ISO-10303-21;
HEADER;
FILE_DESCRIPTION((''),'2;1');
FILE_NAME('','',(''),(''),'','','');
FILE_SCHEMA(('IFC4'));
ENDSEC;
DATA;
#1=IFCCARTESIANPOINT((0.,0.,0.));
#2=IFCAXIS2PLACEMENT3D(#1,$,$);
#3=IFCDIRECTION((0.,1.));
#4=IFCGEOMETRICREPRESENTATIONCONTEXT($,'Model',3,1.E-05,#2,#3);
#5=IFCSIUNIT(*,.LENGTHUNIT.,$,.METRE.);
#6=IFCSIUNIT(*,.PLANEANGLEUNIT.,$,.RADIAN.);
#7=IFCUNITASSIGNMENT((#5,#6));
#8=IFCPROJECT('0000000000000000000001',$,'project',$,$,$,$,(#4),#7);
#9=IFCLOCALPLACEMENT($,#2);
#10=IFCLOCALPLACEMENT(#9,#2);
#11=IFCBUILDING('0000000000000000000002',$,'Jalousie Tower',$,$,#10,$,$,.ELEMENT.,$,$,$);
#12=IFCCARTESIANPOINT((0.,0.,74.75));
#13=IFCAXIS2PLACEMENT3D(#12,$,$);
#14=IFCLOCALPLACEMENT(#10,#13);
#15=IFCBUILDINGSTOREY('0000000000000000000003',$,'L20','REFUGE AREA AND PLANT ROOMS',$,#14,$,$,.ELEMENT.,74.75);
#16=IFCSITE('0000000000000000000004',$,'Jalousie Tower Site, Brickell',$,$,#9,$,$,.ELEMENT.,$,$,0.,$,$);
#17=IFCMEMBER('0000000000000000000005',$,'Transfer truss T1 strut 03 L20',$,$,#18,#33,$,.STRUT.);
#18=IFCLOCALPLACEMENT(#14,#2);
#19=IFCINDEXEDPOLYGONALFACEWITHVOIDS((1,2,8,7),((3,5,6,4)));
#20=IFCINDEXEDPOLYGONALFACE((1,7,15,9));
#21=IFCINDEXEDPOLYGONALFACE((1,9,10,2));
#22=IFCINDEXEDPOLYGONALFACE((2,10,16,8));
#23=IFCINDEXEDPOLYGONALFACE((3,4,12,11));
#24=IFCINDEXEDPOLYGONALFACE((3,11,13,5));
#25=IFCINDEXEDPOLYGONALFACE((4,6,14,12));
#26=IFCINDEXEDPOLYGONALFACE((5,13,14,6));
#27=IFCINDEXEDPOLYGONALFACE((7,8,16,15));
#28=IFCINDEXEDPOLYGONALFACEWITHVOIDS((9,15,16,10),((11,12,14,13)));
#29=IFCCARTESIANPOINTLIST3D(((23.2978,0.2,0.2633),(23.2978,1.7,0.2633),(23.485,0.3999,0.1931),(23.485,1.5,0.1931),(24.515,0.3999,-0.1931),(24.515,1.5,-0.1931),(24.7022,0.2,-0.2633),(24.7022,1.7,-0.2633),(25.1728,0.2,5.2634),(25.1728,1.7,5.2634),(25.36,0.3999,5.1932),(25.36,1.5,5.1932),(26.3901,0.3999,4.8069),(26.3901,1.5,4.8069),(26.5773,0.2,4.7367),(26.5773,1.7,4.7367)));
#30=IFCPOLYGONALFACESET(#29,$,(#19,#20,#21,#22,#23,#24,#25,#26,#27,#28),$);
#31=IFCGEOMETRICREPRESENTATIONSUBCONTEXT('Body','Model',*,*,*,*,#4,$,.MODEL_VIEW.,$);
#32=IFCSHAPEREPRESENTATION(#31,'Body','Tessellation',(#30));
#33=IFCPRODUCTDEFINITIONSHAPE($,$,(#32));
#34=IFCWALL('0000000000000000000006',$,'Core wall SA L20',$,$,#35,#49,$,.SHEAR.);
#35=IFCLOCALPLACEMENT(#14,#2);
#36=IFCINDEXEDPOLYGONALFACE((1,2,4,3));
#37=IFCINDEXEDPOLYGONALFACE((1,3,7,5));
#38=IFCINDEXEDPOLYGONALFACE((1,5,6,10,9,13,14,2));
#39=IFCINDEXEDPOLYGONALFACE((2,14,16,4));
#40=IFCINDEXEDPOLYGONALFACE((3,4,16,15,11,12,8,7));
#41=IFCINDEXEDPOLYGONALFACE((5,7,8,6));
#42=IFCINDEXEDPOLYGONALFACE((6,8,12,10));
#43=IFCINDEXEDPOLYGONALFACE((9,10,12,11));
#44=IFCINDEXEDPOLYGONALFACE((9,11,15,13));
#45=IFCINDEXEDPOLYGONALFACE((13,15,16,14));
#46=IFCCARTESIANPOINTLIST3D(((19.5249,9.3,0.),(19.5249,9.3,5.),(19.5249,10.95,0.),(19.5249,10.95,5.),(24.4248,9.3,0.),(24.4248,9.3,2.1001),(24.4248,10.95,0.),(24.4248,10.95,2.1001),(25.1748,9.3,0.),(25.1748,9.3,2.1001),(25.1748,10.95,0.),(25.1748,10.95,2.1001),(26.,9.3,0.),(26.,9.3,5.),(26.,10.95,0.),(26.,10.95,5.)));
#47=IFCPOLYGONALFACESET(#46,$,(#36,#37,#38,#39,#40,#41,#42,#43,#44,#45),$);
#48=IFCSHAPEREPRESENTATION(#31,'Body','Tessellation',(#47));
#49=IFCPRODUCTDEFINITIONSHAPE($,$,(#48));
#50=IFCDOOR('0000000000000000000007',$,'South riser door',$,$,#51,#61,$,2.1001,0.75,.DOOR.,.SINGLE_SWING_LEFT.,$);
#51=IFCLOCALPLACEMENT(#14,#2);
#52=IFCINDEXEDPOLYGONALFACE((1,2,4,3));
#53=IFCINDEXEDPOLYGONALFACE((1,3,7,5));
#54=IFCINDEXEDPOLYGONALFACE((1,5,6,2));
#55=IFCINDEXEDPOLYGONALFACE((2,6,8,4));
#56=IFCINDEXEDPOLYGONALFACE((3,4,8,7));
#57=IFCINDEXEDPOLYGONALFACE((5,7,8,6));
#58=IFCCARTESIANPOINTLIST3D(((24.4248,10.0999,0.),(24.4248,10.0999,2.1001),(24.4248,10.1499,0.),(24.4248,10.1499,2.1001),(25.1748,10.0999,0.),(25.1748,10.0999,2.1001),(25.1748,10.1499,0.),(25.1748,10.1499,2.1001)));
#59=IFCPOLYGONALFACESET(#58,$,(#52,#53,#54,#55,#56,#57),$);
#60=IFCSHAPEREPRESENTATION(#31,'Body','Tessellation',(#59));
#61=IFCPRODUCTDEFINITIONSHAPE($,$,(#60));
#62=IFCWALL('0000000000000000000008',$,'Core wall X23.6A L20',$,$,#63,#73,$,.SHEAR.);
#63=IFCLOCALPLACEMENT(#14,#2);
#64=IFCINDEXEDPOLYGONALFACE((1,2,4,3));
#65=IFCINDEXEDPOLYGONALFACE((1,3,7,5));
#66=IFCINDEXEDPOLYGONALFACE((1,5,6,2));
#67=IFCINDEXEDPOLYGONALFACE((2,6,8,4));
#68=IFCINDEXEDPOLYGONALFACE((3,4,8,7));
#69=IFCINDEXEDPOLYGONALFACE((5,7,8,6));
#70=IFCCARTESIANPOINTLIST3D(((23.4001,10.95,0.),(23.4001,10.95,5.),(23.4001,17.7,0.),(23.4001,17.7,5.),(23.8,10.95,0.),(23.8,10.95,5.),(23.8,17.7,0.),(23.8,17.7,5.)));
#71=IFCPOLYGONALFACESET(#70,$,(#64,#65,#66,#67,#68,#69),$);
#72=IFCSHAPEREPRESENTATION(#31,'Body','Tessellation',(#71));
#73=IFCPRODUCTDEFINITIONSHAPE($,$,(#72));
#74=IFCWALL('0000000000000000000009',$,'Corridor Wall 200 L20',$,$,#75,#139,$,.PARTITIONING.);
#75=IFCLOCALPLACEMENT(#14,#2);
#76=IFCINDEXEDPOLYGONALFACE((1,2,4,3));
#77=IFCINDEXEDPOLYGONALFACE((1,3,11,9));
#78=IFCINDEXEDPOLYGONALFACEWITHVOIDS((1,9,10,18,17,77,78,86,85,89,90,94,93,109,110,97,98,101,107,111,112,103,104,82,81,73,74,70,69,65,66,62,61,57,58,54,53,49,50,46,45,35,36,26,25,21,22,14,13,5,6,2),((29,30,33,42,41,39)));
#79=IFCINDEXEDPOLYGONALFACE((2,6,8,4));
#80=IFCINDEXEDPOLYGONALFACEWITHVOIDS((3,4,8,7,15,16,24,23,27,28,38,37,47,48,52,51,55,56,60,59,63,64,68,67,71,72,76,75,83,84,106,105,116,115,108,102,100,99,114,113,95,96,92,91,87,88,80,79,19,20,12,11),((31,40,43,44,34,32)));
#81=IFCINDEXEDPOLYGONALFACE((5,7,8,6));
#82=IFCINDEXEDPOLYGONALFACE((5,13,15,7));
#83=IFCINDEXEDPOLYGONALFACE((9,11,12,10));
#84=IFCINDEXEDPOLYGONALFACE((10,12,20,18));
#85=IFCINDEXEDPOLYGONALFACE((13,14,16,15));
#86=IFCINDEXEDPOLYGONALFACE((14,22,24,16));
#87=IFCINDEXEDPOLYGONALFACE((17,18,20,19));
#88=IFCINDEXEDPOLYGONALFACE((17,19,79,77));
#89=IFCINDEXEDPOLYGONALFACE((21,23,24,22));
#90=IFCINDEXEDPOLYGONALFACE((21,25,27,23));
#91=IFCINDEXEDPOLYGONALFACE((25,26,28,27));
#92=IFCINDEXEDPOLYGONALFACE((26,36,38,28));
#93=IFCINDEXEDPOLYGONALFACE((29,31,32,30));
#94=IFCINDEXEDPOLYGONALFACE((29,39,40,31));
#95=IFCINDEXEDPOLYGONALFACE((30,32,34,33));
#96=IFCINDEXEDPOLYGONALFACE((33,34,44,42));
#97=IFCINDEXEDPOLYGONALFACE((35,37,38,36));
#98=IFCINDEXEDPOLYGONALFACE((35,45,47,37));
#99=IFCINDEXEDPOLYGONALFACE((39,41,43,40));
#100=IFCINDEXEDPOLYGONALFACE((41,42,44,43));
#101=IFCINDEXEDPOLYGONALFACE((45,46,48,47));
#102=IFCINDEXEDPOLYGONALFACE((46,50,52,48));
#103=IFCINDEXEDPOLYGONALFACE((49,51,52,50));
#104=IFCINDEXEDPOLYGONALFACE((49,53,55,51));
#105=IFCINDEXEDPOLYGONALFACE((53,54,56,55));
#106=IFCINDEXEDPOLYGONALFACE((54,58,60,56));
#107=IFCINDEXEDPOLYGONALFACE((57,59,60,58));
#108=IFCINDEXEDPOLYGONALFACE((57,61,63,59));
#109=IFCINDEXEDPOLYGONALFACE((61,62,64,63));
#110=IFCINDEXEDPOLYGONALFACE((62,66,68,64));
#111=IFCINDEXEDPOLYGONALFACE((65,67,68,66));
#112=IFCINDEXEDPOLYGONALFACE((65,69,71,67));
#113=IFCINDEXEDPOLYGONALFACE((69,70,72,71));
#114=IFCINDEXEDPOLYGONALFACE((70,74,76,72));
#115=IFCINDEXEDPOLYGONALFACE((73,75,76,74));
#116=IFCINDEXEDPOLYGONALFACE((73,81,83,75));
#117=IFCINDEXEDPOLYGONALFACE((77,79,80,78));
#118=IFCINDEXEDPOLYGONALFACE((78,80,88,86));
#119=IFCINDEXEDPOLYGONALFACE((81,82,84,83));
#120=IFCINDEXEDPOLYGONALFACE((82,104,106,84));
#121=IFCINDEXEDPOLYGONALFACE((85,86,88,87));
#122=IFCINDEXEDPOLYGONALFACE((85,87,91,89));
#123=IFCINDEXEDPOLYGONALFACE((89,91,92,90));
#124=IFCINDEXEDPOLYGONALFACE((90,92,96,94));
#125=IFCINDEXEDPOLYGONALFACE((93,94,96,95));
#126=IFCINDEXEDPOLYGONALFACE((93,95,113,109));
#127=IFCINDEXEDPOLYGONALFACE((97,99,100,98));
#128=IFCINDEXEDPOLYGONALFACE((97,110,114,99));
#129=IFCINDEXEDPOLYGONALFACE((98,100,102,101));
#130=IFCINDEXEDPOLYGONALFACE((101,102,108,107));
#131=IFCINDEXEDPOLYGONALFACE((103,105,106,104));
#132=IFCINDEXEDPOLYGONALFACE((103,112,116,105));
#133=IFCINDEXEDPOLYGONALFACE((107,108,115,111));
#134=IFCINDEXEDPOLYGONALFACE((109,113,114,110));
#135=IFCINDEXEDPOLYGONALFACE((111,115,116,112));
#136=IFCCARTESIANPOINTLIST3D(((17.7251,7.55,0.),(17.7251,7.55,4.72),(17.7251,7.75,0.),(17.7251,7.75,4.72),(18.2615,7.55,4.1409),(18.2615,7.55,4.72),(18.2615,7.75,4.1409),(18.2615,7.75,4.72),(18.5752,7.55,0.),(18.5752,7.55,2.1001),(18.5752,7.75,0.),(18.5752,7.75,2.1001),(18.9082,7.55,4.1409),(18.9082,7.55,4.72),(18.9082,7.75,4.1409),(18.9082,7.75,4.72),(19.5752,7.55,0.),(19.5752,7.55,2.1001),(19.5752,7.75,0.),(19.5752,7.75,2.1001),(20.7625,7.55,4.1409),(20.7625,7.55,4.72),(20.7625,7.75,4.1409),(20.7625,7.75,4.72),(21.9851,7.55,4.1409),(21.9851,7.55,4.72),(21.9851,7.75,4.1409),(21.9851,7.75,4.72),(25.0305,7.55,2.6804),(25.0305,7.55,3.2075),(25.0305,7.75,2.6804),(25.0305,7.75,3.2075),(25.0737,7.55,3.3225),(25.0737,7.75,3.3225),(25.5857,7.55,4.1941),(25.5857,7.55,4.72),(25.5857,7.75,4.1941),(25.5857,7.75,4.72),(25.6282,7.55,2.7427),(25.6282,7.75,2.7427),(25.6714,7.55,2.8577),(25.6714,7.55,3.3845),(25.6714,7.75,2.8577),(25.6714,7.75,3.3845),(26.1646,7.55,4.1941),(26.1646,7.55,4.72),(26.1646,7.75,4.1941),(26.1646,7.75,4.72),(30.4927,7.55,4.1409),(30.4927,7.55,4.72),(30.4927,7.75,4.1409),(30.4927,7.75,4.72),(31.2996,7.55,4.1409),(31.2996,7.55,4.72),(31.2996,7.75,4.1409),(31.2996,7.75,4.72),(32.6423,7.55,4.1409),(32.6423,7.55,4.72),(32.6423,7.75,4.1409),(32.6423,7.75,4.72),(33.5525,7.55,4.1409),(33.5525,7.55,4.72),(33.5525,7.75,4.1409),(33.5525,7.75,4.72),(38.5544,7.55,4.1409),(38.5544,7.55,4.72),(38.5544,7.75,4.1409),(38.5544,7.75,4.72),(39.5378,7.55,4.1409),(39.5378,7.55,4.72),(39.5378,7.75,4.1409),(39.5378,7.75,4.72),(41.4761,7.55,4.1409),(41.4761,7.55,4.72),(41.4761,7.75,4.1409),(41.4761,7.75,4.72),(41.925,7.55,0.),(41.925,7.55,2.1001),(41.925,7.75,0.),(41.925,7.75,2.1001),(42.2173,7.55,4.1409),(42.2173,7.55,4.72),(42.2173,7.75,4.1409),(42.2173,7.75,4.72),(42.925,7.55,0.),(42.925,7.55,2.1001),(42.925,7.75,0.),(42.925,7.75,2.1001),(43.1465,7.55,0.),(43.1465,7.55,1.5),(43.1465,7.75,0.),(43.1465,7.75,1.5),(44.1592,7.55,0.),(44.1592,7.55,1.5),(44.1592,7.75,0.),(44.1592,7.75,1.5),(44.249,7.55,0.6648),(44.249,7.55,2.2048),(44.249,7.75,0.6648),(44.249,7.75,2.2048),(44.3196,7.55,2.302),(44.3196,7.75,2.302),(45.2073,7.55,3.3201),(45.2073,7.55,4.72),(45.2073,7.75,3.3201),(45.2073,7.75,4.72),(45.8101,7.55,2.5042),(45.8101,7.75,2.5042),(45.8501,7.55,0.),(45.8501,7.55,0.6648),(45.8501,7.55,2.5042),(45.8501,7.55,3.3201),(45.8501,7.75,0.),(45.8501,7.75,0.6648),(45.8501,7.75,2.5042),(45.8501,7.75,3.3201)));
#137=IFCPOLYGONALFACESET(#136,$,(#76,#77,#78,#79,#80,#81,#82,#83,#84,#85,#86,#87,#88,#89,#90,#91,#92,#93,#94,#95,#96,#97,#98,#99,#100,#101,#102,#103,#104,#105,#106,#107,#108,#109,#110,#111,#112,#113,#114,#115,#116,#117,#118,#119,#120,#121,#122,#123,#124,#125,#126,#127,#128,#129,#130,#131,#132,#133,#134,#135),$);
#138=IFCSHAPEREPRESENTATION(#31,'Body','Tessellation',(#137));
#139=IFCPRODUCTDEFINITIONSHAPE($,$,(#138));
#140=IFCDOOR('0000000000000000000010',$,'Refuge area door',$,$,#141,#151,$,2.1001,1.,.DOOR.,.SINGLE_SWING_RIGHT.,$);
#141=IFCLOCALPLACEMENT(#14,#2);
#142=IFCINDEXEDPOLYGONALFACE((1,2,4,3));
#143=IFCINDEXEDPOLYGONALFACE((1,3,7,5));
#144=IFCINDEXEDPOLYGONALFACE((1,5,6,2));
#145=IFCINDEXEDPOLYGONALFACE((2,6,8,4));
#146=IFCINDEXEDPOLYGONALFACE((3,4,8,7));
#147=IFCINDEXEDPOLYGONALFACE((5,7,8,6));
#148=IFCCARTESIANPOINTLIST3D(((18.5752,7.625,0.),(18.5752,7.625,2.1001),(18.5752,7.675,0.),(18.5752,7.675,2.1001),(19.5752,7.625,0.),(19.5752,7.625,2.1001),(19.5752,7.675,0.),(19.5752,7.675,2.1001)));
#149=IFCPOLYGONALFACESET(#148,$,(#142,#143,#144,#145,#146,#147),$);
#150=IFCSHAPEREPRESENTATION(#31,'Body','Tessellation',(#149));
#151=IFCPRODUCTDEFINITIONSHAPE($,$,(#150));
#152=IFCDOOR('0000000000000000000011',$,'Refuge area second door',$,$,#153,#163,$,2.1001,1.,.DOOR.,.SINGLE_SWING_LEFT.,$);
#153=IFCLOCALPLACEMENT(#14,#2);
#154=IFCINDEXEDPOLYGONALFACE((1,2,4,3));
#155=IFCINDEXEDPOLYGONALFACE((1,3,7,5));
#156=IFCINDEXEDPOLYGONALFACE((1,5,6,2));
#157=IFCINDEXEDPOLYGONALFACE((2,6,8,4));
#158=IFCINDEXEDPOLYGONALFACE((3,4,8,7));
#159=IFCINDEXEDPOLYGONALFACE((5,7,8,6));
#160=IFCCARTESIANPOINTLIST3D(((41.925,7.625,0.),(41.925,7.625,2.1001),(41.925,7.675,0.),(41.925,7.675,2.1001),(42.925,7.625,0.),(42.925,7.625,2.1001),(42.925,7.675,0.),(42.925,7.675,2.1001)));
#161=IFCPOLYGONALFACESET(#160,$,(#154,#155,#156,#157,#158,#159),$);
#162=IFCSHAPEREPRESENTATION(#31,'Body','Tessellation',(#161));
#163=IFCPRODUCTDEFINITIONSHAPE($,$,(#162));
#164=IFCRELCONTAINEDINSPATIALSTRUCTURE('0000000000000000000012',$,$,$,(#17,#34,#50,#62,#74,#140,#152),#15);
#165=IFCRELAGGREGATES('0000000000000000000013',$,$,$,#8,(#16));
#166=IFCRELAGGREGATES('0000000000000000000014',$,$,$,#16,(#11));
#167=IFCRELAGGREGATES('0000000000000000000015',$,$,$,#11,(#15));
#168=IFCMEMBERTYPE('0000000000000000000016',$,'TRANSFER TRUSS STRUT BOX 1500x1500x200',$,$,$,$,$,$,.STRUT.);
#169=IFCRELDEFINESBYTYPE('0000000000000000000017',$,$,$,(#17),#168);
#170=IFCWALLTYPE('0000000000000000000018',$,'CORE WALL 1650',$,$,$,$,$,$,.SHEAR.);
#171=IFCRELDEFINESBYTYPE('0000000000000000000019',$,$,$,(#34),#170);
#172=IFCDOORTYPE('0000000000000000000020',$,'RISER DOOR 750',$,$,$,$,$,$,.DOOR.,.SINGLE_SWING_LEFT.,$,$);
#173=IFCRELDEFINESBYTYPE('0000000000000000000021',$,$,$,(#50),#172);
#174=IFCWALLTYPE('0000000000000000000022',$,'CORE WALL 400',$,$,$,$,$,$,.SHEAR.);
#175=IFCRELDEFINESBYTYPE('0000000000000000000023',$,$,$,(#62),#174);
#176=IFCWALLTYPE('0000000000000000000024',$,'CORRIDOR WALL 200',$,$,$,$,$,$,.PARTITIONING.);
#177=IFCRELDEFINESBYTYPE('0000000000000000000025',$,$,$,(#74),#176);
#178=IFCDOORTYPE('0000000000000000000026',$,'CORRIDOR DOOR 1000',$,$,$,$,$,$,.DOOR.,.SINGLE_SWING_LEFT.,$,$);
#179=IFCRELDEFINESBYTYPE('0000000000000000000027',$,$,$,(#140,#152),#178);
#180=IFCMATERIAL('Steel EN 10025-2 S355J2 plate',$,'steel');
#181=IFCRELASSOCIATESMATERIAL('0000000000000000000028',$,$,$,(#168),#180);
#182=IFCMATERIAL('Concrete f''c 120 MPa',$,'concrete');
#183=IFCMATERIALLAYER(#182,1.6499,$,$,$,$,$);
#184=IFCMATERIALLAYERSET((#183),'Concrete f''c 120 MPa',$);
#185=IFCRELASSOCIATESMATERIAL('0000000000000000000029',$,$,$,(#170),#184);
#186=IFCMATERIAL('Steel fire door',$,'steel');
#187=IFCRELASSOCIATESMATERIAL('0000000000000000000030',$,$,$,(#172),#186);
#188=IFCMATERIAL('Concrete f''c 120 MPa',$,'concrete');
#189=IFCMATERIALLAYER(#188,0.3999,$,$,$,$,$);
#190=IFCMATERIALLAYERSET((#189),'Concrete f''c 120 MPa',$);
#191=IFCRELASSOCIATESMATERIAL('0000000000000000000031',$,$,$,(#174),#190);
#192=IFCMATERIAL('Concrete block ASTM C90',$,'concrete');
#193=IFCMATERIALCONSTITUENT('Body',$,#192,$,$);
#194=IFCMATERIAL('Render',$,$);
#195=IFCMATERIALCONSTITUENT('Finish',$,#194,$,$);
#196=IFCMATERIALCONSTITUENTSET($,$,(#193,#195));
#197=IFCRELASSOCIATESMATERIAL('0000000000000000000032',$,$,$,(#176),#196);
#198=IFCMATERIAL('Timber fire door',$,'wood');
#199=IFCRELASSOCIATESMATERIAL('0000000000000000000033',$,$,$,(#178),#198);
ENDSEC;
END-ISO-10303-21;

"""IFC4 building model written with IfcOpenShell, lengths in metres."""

from ifc_helpers import new_model, si_unit, direction, frame, frame_2d, origin, origin_2d, place, context, subcontext, project, spatial, polyline, rectangle, hollow_rectangle, outline, extrude, material, layer, layer_set, constituent, constituent_set, material_profile, profile_set, type_object, element, fill, save


model = new_model("IFC4")

# Units and contexts
model_context = context("Model", 3, precision=1e-05, world=origin(), true_north=direction((0.0, 1.0)))
body_context = subcontext(model_context, "Body", "Model", "MODEL_VIEW")
ifc_project = project(units=[si_unit("LENGTHUNIT", "METRE"), si_unit("PLANEANGLEUNIT", "RADIAN")], contexts=[model_context])

# Site, building, storey
site_placement = place(None, origin())
site = spatial("IfcSite", under=ifc_project, at=site_placement, Name="Jalousie Tower Site, Brickell", CompositionType="ELEMENT", RefElevation=0.0)
building_placement = place(site_placement, origin())
building = spatial("IfcBuilding", under=site, at=building_placement, Name="Jalousie Tower", CompositionType="ELEMENT")
storey_placement = place(building_placement, frame((0.0, 0.0, 74.75)))
storey = spatial("IfcBuildingStorey", under=building, at=storey_placement, Name="L20", Description="REFUGE AREA AND PLANT ROOMS", CompositionType="ELEMENT", Elevation=74.75)

# Member
ifc_material_1 = material(Name="Steel EN 10025-2 S355J2 plate", Category="steel")
ifc_material_profile_1 = material_profile(ifc_material_1, hollow_rectangle(XDim=1.5, YDim=1.5, WallThickness=0.2, at=origin_2d()), Name="BOX 1500x1500x200")
ifc_profile_set_1 = profile_set([ifc_material_profile_1], Name="Steel EN 10025-2 S355J2 plate")
member_type_1 = type_object("IfcMemberType", Name="TRANSFER TRUSS STRUT BOX 1500x1500x200", PredefinedType="STRUT", material=ifc_profile_set_1)
member_1_placement = place(storey_placement, frame((24.0, 0.95, 0.0), z_axis=(0.351123, 0.0, 0.936329), x_axis=(0.0, 1.0, 0.0)))
element("IfcMember", 1, at=member_1_placement, inside=storey, type_object=member_type_1, Name="Transfer truss T1 strut 03 L20", PredefinedType="STRUT", context=body_context, shape_type="SweptSolid", body=[
    extrude(hollow_rectangle(XDim=1.5, YDim=1.5, WallThickness=0.2, at=origin_2d()), origin(), (0.0, 0.0, 1.0), 5.3401),
])

# Wall, opening, door
ifc_material_2 = material(Name="Concrete f'c 120 MPa", Category="concrete")
ifc_layer_1 = layer(ifc_material_2, 1.6499)
ifc_layer_set_1 = layer_set([ifc_layer_1], Name="Concrete f'c 120 MPa")
wall_type_1 = type_object("IfcWallType", Name="CORE WALL 1650", PredefinedType="SHEAR", material=ifc_layer_set_1)
wall_1_placement = place(storey_placement, frame((19.5249, 10.125, 0.0), z_axis=(0.0, 0.0, 1.0), x_axis=(1.0, 0.0, 0.0)))
wall_1 = element("IfcWall", 2, at=wall_1_placement, inside=storey, type_object=wall_type_1, Name="Core wall SA L20", PredefinedType="SHEAR", context=body_context, shape_type="SweptSolid", body=[
    extrude(rectangle(XDim=6.4751, YDim=1.6499, at=frame_2d((3.2375, 0.0))), origin(), (0.0, 0.0, 1.0), 5.0),
])
opening_1_placement = place(wall_1_placement, frame((4.8999, 0.0, 0.0)))
opening_1 = element("IfcOpeningElement", 3, at=opening_1_placement, cuts=wall_1, PredefinedType="OPENING", context=body_context, shape_type="SweptSolid", body=[
    extrude(rectangle(XDim=0.75, YDim=2.1001, at=frame_2d((0.375, 1.05))), frame((0.0, 0.835, 0.0), z_axis=(0.0, -1.0, 0.0), x_axis=(1.0, 0.0, 0.0)), (0.0, 0.0, 1.0), 1.6699),
])
ifc_material_3 = material(Name="Steel fire door", Category="steel")
door_type_1 = type_object("IfcDoorType", Name="RISER DOOR 750", OperationType="SINGLE_SWING_LEFT", PredefinedType="DOOR", material=ifc_material_3)
door_1_placement = place(opening_1_placement, origin())
door_1 = element("IfcDoor", 4, at=door_1_placement, inside=storey, type_object=door_type_1, Name="South riser door", OperationType="SINGLE_SWING_LEFT", OverallHeight=2.1001, OverallWidth=0.75, PredefinedType="DOOR", context=body_context, shape_type="SweptSolid", body=[
    extrude(rectangle(XDim=0.75, YDim=2.1001, at=frame_2d((0.375, 1.05))), frame((0.0, 0.0249, 0.0), z_axis=(0.0, -1.0, 0.0), x_axis=(1.0, 0.0, 0.0)), (0.0, 0.0, 1.0), 0.05),
])
fill(opening_1, door_1)

# Wall
ifc_material_4 = material(Name="Concrete f'c 120 MPa", Category="concrete")
ifc_layer_2 = layer(ifc_material_4, 0.3999)
ifc_layer_set_2 = layer_set([ifc_layer_2], Name="Concrete f'c 120 MPa")
wall_type_2 = type_object("IfcWallType", Name="CORE WALL 400", PredefinedType="SHEAR", material=ifc_layer_set_2)
wall_2_placement = place(storey_placement, frame((23.6001, 10.95, 0.0), z_axis=(0.0, 0.0, 1.0), x_axis=(0.0, 1.0, 0.0)))
element("IfcWall", 5, at=wall_2_placement, inside=storey, type_object=wall_type_2, Name="Core wall X23.6A L20", PredefinedType="SHEAR", context=body_context, shape_type="SweptSolid", body=[
    extrude(rectangle(XDim=6.75, YDim=0.3999, at=frame_2d((3.375, 0.0))), origin(), (0.0, 0.0, 1.0), 5.0),
])

# Wall, openings, doors
ifc_material_5 = material(Name="Concrete block ASTM C90", Category="concrete")
ifc_constituent_1 = constituent(ifc_material_5, Name="Body")
ifc_material_6 = material(Name="Render")
ifc_constituent_2 = constituent(ifc_material_6, Name="Finish")
ifc_constituent_set = constituent_set(constituents=[ifc_constituent_1, ifc_constituent_2])
wall_type_3 = type_object("IfcWallType", Name="CORRIDOR WALL 200", PredefinedType="PARTITIONING", material=ifc_constituent_set)
wall_3_placement = place(storey_placement, frame((17.7251, 7.6499, 0.0), z_axis=(0.0, 0.0, 1.0), x_axis=(1.0, 0.0, 0.0)))
wall_3 = element("IfcWall", 6, at=wall_3_placement, inside=storey, type_object=wall_type_3, Name="Corridor Wall 200 L20", PredefinedType="PARTITIONING", context=body_context, shape_type="SweptSolid", body=[
    extrude(outline(polyline([(26.4341, 0.0), (28.125, 0.0), (28.125, 0.6648), (26.5239, 0.6648), (26.5239, 2.2048), (26.5945, 2.302), (28.085, 2.5042), (28.125, 2.5042), (28.125, 3.3201), (27.4822, 3.3201), (27.4822, 4.72), (24.4922, 4.72), (24.4922, 4.1409), (23.751, 4.1409), (23.751, 4.72), (21.8127, 4.72), (21.8127, 4.1409), (20.8293, 4.1409), (20.8293, 4.72), (15.8274, 4.72), (15.8274, 4.1409), (14.9172, 4.1409), (14.9172, 4.72), (13.5745, 4.72), (13.5745, 4.1409), (12.7676, 4.1409), (12.7676, 4.72), (8.4395, 4.72), (8.4395, 4.1941), (7.8606, 4.1941), (7.8606, 4.72), (4.26, 4.72), (4.26, 4.1409), (3.0374, 4.1409), (3.0374, 4.72), (1.1831, 4.72), (1.1831, 4.1409), (0.5364, 4.1409), (0.5364, 4.72), (0.0, 4.72), (0.0, 0.0), (25.4214, 0.0), (25.4214, 1.5), (26.4341, 1.5), (26.4341, 0.0)]), holes=[polyline([(7.3054, 3.2075), (7.3486, 3.3225), (7.9463, 3.3845), (7.9463, 2.8577), (7.9031, 2.7427), (7.3054, 2.6804), (7.3054, 3.2075)])]), frame((0.0, 0.1001, 0.0), z_axis=(0.0, -1.0, 0.0), x_axis=(1.0, 0.0, 0.0)), (0.0, 0.0, 1.0), 0.2),
])
opening_2_placement = place(wall_3_placement, frame((0.8501, 0.0, 0.0)))
opening_2 = element("IfcOpeningElement", 7, at=opening_2_placement, cuts=wall_3, PredefinedType="OPENING", context=body_context, shape_type="SweptSolid", body=[
    extrude(rectangle(XDim=1.0, YDim=2.1001, at=frame_2d((0.5, 1.05))), frame((0.0, 0.1099, 0.0), z_axis=(0.0, -1.0, 0.0), x_axis=(1.0, 0.0, 0.0)), (0.0, 0.0, 1.0), 0.22),
])
opening_3_placement = place(wall_3_placement, frame((24.2, 0.0, 0.0)))
opening_3 = element("IfcOpeningElement", 8, at=opening_3_placement, cuts=wall_3, PredefinedType="OPENING", context=body_context, shape_type="SweptSolid", body=[
    extrude(rectangle(XDim=1.0, YDim=2.1001, at=frame_2d((0.5, 1.05))), frame((0.0, 0.1099, 0.0), z_axis=(0.0, -1.0, 0.0), x_axis=(1.0, 0.0, 0.0)), (0.0, 0.0, 1.0), 0.22),
])
ifc_material_7 = material(Name="Timber fire door", Category="wood")
door_type_2 = type_object("IfcDoorType", Name="CORRIDOR DOOR 1000", OperationType="SINGLE_SWING_LEFT", PredefinedType="DOOR", material=ifc_material_7)
door_2_placement = place(opening_2_placement, frame((1.0, 0.0, 0.0), z_axis=(0.0, 0.0, 1.0), x_axis=(-1.0, 0.0, 0.0)))
door_2 = element("IfcDoor", 9, at=door_2_placement, inside=storey, type_object=door_type_2, Name="Refuge area door", OperationType="SINGLE_SWING_RIGHT", OverallHeight=2.1001, OverallWidth=1.0, PredefinedType="DOOR", context=body_context, shape_type="SweptSolid", body=[
    extrude(rectangle(XDim=1.0, YDim=2.1001, at=frame_2d((0.5, 1.05))), frame((0.0, 0.0249, 0.0), z_axis=(0.0, -1.0, 0.0), x_axis=(1.0, 0.0, 0.0)), (0.0, 0.0, 1.0), 0.05),
])
fill(opening_2, door_2)
door_3_placement = place(opening_3_placement, frame((1.0, 0.0, 0.0), z_axis=(0.0, 0.0, 1.0), x_axis=(-1.0, 0.0, 0.0)))
door_3 = element("IfcDoor", 10, at=door_3_placement, inside=storey, type_object=door_type_2, Name="Refuge area second door", OperationType="SINGLE_SWING_LEFT", OverallHeight=2.1001, OverallWidth=1.0, PredefinedType="DOOR", context=body_context, shape_type="SweptSolid", body=[
    extrude(rectangle(XDim=1.0, YDim=2.1001, at=frame_2d((0.5, 1.05))), frame((0.0, 0.0249, 0.0), z_axis=(0.0, -1.0, 0.0), x_axis=(1.0, 0.0, 0.0)), (0.0, 0.0, 1.0), 0.05),
])
fill(opening_3, door_3)

save(model, "model.ifc")
